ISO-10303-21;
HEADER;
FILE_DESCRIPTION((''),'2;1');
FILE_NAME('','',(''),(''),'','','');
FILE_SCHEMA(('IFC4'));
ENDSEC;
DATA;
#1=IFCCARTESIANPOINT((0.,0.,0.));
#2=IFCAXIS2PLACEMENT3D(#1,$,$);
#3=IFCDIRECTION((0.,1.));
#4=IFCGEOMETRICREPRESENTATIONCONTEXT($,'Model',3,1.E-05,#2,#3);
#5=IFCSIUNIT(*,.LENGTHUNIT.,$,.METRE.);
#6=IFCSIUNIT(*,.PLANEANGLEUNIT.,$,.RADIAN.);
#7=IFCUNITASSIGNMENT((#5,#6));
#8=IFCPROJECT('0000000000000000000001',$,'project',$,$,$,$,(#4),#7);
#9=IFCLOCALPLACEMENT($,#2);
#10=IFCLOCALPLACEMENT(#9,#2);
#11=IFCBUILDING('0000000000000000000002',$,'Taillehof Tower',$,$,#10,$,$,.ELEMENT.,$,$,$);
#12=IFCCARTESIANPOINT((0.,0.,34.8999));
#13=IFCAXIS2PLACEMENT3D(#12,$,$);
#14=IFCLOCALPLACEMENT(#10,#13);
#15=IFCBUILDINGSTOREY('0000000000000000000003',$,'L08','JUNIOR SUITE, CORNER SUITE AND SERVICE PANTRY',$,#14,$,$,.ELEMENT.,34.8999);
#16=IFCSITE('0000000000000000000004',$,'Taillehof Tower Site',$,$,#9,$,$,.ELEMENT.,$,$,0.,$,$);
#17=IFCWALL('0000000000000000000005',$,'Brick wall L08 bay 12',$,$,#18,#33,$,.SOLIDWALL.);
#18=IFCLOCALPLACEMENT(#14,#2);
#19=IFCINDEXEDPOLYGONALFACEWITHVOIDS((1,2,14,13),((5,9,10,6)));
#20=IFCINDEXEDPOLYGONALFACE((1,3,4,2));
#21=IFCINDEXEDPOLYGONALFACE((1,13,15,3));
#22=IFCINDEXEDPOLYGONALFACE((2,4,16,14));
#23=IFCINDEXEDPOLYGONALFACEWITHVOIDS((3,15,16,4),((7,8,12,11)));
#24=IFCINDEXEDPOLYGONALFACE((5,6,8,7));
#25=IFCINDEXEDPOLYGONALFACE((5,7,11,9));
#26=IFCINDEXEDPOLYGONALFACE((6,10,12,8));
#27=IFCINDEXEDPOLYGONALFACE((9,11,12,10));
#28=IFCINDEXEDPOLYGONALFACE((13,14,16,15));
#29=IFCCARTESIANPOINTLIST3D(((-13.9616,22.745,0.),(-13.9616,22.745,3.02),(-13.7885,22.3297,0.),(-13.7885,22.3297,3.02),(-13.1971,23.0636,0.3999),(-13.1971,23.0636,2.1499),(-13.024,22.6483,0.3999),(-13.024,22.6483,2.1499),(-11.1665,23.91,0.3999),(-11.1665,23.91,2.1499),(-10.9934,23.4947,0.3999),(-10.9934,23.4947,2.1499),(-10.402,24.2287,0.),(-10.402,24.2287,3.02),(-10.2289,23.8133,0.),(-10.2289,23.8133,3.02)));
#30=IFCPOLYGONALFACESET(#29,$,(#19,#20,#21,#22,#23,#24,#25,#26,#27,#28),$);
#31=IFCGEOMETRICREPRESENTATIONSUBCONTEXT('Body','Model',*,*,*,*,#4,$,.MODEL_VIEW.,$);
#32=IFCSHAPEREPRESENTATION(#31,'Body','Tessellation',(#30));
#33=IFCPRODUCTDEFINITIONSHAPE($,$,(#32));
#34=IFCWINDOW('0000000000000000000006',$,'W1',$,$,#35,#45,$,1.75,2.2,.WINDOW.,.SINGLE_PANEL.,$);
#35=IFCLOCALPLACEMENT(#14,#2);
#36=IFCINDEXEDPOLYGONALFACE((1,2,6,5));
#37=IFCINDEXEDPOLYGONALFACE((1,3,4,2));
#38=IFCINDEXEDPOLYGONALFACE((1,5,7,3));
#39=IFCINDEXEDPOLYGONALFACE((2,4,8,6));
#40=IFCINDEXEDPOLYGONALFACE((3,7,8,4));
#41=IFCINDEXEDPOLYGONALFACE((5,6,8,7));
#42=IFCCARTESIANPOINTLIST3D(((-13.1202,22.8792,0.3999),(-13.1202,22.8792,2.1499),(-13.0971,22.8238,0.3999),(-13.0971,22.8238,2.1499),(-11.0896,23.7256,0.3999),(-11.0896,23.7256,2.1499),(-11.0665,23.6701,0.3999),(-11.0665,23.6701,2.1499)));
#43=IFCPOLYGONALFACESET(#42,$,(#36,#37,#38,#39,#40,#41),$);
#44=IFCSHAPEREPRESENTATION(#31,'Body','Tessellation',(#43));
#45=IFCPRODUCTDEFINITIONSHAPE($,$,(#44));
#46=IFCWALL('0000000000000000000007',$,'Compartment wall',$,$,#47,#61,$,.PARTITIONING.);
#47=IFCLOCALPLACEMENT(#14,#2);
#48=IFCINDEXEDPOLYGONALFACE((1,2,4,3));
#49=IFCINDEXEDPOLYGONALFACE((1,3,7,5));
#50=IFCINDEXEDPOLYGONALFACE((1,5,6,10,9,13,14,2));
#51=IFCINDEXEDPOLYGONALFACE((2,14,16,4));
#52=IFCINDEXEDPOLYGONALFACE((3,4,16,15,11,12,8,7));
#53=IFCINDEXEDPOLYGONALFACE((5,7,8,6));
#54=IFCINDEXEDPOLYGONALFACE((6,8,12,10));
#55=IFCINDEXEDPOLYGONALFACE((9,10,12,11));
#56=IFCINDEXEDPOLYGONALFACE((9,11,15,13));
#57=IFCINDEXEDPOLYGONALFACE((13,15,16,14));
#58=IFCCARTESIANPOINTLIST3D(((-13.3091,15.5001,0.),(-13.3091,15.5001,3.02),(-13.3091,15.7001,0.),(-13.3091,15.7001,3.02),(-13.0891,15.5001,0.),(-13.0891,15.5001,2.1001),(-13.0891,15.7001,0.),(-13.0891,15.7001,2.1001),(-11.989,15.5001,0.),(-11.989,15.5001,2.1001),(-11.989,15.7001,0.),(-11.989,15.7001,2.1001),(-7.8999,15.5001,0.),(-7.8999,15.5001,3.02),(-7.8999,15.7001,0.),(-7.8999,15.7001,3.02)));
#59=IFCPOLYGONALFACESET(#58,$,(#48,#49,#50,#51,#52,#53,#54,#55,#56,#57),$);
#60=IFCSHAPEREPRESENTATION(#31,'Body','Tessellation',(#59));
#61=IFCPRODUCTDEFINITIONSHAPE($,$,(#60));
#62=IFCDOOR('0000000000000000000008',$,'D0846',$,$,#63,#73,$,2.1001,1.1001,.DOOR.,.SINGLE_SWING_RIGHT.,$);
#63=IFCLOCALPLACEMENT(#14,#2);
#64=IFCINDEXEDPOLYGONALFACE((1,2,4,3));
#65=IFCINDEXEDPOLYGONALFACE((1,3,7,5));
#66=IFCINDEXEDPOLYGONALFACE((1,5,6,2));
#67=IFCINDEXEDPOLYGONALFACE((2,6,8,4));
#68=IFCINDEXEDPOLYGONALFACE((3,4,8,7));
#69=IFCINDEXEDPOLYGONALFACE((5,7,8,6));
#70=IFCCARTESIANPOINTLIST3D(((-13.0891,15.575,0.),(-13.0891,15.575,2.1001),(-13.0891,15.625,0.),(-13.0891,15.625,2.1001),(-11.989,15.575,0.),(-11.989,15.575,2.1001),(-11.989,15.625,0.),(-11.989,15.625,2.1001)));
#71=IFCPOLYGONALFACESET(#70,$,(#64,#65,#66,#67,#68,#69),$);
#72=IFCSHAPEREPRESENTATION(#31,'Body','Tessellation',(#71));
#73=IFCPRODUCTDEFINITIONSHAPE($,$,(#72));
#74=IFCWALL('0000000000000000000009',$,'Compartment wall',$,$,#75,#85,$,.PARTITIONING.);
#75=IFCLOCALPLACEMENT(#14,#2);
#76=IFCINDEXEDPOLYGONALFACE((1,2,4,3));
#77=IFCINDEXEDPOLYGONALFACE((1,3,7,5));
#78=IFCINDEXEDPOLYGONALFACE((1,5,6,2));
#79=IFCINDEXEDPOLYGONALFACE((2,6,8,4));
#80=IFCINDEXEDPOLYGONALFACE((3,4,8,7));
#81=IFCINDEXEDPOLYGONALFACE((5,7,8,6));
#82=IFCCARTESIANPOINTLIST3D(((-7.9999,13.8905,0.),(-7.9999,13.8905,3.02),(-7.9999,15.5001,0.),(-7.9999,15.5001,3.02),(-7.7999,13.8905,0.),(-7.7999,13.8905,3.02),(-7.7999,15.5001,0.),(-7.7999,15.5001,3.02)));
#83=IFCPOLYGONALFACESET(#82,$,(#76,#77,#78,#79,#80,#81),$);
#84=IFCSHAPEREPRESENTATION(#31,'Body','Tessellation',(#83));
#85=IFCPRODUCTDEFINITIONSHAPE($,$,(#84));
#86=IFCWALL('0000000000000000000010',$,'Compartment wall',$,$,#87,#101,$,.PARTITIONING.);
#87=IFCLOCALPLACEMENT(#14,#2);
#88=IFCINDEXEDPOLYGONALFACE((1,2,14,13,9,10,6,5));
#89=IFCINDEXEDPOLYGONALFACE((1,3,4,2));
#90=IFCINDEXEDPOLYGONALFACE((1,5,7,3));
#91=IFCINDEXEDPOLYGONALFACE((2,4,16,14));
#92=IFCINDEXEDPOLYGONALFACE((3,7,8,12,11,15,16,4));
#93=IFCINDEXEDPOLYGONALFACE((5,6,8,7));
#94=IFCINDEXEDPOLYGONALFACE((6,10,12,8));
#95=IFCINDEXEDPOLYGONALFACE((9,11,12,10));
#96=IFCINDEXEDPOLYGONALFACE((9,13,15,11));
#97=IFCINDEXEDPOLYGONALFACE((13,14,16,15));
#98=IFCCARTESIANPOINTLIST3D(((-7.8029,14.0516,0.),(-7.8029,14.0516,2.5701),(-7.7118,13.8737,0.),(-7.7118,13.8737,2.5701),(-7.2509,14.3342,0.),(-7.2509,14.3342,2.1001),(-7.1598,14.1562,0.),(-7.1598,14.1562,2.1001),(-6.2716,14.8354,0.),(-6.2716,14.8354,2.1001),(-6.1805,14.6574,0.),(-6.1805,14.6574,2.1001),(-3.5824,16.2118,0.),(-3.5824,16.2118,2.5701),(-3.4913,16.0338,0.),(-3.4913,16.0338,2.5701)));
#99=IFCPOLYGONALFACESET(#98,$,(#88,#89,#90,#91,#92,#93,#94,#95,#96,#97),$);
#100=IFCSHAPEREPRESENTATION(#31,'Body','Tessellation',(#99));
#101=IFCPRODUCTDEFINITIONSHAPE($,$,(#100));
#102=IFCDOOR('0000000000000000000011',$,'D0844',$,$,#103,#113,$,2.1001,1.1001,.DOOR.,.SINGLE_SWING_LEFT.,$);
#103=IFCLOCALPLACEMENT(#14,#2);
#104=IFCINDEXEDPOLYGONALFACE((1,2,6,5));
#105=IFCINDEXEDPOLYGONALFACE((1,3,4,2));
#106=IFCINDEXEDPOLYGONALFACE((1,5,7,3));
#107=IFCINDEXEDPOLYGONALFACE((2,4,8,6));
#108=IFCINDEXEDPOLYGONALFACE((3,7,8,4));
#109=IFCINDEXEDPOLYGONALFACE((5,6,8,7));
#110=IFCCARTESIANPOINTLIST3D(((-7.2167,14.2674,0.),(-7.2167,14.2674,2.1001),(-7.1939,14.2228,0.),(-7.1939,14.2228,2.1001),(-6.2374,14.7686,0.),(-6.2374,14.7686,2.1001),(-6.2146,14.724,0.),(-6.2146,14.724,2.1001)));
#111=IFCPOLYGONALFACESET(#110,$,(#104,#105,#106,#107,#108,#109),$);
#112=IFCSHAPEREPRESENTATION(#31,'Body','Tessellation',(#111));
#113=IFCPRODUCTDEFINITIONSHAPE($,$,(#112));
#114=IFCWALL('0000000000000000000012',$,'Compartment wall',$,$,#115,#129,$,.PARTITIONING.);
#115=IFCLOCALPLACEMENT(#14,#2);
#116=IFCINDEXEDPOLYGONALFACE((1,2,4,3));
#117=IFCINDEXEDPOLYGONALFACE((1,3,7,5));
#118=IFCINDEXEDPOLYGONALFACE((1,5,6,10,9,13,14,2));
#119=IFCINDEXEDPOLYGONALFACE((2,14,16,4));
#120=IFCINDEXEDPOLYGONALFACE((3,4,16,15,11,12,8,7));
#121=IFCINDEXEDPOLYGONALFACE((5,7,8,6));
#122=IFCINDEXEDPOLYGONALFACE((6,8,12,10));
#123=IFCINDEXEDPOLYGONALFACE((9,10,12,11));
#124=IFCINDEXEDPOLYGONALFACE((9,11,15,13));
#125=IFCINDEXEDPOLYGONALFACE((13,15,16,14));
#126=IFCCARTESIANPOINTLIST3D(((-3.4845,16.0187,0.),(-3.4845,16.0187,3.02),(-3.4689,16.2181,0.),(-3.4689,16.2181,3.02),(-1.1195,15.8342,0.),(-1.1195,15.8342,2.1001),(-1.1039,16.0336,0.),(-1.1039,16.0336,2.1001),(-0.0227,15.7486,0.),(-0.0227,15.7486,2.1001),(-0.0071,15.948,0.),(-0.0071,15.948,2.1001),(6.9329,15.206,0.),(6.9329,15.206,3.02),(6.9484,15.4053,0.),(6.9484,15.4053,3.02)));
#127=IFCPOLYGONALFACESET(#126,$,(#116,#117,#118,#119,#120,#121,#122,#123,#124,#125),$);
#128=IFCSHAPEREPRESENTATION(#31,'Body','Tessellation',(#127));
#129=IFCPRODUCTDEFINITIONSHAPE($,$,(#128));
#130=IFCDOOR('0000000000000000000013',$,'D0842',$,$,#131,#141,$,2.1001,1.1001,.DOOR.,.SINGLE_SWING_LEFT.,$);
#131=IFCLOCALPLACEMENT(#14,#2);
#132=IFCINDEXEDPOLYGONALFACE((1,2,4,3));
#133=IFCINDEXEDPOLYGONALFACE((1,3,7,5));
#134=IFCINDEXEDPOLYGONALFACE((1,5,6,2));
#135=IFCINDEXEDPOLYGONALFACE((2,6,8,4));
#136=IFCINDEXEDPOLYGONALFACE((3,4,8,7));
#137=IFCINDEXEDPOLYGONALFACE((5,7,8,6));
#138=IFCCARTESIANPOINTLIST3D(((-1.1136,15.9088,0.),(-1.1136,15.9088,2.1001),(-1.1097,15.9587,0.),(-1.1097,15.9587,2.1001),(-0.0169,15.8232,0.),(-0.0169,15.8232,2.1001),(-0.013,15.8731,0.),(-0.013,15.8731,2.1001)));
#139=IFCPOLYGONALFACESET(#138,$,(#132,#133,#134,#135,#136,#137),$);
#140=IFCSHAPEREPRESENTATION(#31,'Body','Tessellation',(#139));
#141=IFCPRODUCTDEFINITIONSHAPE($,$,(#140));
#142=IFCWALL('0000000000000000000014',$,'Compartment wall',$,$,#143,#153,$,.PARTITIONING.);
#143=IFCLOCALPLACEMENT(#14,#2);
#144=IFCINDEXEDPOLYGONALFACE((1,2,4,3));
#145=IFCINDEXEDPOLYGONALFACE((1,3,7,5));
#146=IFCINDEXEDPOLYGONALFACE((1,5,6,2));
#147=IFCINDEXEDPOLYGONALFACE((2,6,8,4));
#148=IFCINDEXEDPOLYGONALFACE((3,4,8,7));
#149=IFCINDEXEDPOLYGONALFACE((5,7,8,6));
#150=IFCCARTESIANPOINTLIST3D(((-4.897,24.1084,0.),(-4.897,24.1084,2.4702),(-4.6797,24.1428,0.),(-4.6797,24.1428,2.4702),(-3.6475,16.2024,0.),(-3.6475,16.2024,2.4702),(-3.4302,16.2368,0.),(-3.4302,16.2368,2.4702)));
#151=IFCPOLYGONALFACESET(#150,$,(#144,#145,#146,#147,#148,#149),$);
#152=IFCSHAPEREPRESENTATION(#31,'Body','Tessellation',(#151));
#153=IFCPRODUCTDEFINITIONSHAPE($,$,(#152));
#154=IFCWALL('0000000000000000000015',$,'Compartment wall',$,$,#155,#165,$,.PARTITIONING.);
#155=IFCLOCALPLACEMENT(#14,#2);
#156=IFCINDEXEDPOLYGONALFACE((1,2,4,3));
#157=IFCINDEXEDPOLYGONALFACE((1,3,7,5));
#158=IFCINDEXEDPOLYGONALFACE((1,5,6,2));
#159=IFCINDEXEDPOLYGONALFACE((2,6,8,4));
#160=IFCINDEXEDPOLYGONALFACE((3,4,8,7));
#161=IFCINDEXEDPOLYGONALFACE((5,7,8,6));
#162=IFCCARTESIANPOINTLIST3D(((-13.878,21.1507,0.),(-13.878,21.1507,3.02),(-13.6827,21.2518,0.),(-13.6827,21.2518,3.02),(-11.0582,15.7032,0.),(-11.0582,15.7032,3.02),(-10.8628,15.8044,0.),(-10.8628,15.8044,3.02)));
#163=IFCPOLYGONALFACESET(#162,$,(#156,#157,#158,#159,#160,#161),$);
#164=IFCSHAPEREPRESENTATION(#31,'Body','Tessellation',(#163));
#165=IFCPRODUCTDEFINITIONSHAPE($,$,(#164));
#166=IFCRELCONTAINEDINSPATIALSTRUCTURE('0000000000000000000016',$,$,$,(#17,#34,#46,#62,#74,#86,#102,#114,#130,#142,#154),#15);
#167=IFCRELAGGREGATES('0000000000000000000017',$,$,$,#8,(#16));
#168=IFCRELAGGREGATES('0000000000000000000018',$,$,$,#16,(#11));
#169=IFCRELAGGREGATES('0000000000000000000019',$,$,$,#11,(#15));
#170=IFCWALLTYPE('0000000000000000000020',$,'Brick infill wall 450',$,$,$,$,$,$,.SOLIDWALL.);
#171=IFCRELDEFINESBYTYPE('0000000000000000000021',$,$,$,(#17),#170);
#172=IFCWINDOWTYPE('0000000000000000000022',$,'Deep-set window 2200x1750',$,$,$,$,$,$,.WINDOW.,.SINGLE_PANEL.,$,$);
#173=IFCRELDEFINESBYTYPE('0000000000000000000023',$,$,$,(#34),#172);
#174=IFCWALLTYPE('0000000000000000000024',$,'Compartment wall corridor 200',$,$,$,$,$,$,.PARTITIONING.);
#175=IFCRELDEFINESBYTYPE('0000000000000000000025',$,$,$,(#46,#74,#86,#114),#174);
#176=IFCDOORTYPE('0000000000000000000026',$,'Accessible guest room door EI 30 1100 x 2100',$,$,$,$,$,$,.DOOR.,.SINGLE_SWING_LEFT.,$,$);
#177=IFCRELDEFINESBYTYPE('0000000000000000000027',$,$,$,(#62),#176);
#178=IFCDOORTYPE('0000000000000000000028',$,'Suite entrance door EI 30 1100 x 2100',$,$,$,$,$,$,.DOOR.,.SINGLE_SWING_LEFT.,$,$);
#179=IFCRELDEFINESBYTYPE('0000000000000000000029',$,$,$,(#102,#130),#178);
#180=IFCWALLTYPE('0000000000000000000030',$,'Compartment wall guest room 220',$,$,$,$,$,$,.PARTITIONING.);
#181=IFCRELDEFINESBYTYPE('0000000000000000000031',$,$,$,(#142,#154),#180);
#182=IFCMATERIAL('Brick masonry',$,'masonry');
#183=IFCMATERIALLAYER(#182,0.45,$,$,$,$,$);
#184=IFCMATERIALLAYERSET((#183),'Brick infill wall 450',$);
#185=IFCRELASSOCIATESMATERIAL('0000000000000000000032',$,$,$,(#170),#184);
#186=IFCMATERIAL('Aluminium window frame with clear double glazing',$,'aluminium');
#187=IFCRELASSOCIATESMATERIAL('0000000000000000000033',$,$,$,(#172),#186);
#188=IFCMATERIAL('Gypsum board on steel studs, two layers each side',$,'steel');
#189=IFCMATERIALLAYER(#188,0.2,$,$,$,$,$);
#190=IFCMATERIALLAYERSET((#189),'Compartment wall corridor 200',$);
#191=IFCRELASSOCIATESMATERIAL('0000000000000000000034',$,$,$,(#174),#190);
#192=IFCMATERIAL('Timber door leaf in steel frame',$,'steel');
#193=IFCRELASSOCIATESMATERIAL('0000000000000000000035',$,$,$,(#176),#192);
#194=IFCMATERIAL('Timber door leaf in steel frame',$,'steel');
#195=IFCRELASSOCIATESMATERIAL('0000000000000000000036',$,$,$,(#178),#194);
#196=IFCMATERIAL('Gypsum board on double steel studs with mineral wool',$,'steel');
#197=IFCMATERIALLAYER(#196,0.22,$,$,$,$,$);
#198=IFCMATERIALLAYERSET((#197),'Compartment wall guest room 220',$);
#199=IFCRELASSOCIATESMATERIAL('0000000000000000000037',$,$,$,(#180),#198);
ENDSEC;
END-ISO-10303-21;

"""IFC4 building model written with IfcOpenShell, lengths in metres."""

from ifc_helpers import new_model, si_unit, direction, frame, frame_2d, origin, place, context, subcontext, project, spatial, rectangle, extrude, material, layer, layer_set, type_object, element, fill, save


model = new_model("IFC4")

# Units and contexts
model_context = context("Model", 3, precision=1e-05, world=origin(), true_north=direction((0.0, 1.0)))
body_context = subcontext(model_context, "Body", "Model", "MODEL_VIEW")
ifc_project = project(units=[si_unit("LENGTHUNIT", "METRE"), si_unit("PLANEANGLEUNIT", "RADIAN")], contexts=[model_context])

# Site, building, storey
site_placement = place(None, origin())
site = spatial("IfcSite", under=ifc_project, at=site_placement, Name="Taillehof Tower Site", CompositionType="ELEMENT", RefElevation=0.0)
building_placement = place(site_placement, origin())
building = spatial("IfcBuilding", under=site, at=building_placement, Name="Taillehof Tower", CompositionType="ELEMENT")
storey_placement = place(building_placement, frame((0.0, 0.0, 34.8999)))
storey = spatial("IfcBuildingStorey", under=building, at=storey_placement, Name="L08", Description="JUNIOR SUITE, CORNER SUITE AND SERVICE PANTRY", CompositionType="ELEMENT", Elevation=34.8999)

# Wall, opening, window
ifc_material_1 = material(Name="Brick masonry", Category="masonry")
ifc_layer_1 = layer(ifc_material_1, 0.45)
ifc_layer_set_1 = layer_set([ifc_layer_1], Name="Brick infill wall 450")
wall_type_1 = type_object("IfcWallType", Name="Brick infill wall 450", PredefinedType="SOLIDWALL", material=ifc_layer_set_1)
ifc_material_2 = material(Name="Aluminium window frame with clear double glazing", Category="aluminium")
window_type = type_object("IfcWindowType", Name="Deep-set window 2200x1750", PartitioningType="SINGLE_PANEL", PredefinedType="WINDOW", material=ifc_material_2)
wall_1_placement = place(storey_placement, frame((-10.3154, 24.021, 0.0), z_axis=(0.0, 0.0, 1.0), x_axis=(-0.923032, -0.384723, 0.0)))
wall_1 = element("IfcWall", 1, at=wall_1_placement, inside=storey, type_object=wall_type_1, Name="Brick wall L08 bay 12", PredefinedType="SOLIDWALL", context=body_context, shape_type="SweptSolid", body=[
    extrude(rectangle(XDim=3.8564, YDim=0.45, at=frame_2d((1.9282, 0.0))), origin(), (0.0, 0.0, 1.0), 3.02),
])
opening_1_placement = place(wall_1_placement, frame((0.8281, 0.0, 0.3999)))
opening_1 = element("IfcOpeningElement", 2, at=opening_1_placement, cuts=wall_1, PredefinedType="OPENING", context=body_context, shape_type="SweptSolid", body=[
    extrude(rectangle(XDim=2.2, YDim=1.75, at=frame_2d((1.1001, 0.875))), frame((0.0, 0.2349, 0.0), z_axis=(0.0, -1.0, 0.0), x_axis=(1.0, 0.0, 0.0)), (0.0, 0.0, 1.0), 0.47),
])
window_1_placement = place(opening_1_placement, origin())
window_1 = element("IfcWindow", 3, at=window_1_placement, inside=storey, type_object=window_type, Name="W1", OverallHeight=1.75, OverallWidth=2.2, PartitioningType="SINGLE_PANEL", PredefinedType="WINDOW", context=body_context, shape_type="SweptSolid", body=[
    extrude(rectangle(XDim=2.2, YDim=1.75, at=frame_2d((1.1001, 0.875))), frame((0.0, 0.0349, 0.0), z_axis=(0.0, -1.0, 0.0), x_axis=(1.0, 0.0, 0.0)), (0.0, 0.0, 1.0), 0.0601),
])
fill(opening_1, window_1)

# Wall, opening, door
ifc_material_3 = material(Name="Gypsum board on steel studs, two layers each side", Category="steel")
ifc_layer_2 = layer(ifc_material_3, 0.2)
ifc_layer_set_2 = layer_set([ifc_layer_2], Name="Compartment wall corridor 200")
wall_type_2 = type_object("IfcWallType", Name="Compartment wall corridor 200", PredefinedType="PARTITIONING", material=ifc_layer_set_2)
wall_2_placement = place(storey_placement, frame((-13.3091, 15.6001, 0.0), z_axis=(0.0, 0.0, 1.0), x_axis=(1.0, 0.0, 0.0)))
wall_2 = element("IfcWall", 4, at=wall_2_placement, inside=storey, type_object=wall_type_2, Name="Compartment wall", PredefinedType="PARTITIONING", context=body_context, shape_type="SweptSolid", body=[
    extrude(rectangle(XDim=5.4092, YDim=0.2, at=frame_2d((2.7046, 0.0))), origin(), (0.0, 0.0, 1.0), 3.02),
])
opening_2_placement = place(wall_2_placement, frame((0.22, 0.0, 0.0)))
opening_2 = element("IfcOpeningElement", 5, at=opening_2_placement, cuts=wall_2, PredefinedType="OPENING", context=body_context, shape_type="SweptSolid", body=[
    extrude(rectangle(XDim=1.1001, YDim=2.1001, at=frame_2d((0.55, 1.05))), frame((0.0, 0.1099, 0.0), z_axis=(0.0, -1.0, 0.0), x_axis=(1.0, 0.0, 0.0)), (0.0, 0.0, 1.0), 0.22),
])
ifc_material_4 = material(Name="Timber door leaf in steel frame", Category="steel")
door_type_1 = type_object("IfcDoorType", Name="Accessible guest room door EI 30 1100 x 2100", OperationType="SINGLE_SWING_LEFT", PredefinedType="DOOR", material=ifc_material_4)
door_1_placement = place(opening_2_placement, origin())
door_1 = element("IfcDoor", 6, at=door_1_placement, inside=storey, type_object=door_type_1, Name="D0846", OperationType="SINGLE_SWING_RIGHT", OverallHeight=2.1001, OverallWidth=1.1001, PredefinedType="DOOR", context=body_context, shape_type="SweptSolid", body=[
    extrude(rectangle(XDim=1.1001, YDim=2.1001, at=frame_2d((0.55, 1.05))), frame((0.0, 0.0249, 0.0), z_axis=(0.0, -1.0, 0.0), x_axis=(1.0, 0.0, 0.0)), (0.0, 0.0, 1.0), 0.05),
])
fill(opening_2, door_1)

# Wall
wall_3_placement = place(storey_placement, frame((-7.8999, 15.5, 0.0), z_axis=(0.0, 0.0, 1.0), x_axis=(0.0, -1.0, 0.0)))
element("IfcWall", 7, at=wall_3_placement, inside=storey, type_object=wall_type_2, Name="Compartment wall", PredefinedType="PARTITIONING", context=body_context, shape_type="SweptSolid", body=[
    extrude(rectangle(XDim=1.6096, YDim=0.2, at=frame_2d((0.8047, 0.0))), origin(), (0.0, 0.0, 1.0), 3.02),
])

# Walls, openings, doors
wall_4_placement = place(storey_placement, frame((-7.7573, 13.9626, 0.0), z_axis=(0.0, 0.0, 1.0), x_axis=(0.890175, 0.455618, 0.0)))
wall_4 = element("IfcWall", 8, at=wall_4_placement, inside=storey, type_object=wall_type_2, Name="Compartment wall", PredefinedType="PARTITIONING", context=body_context, shape_type="SweptSolid", body=[
    extrude(rectangle(XDim=4.7412, YDim=0.2, at=frame_2d((2.3706, 0.0))), origin(), (0.0, 0.0, 1.0), 2.5701),
])
opening_3_placement = place(wall_4_placement, frame((0.6201, 0.0, 0.0)))
opening_3 = element("IfcOpeningElement", 9, at=opening_3_placement, cuts=wall_4, PredefinedType="OPENING", context=body_context, shape_type="SweptSolid", body=[
    extrude(rectangle(XDim=1.1001, YDim=2.1001, at=frame_2d((0.55, 1.05))), frame((0.0, 0.1099, 0.0), z_axis=(0.0, -1.0, 0.0), x_axis=(1.0, 0.0, 0.0)), (0.0, 0.0, 1.0), 0.22),
])
ifc_material_5 = material(Name="Timber door leaf in steel frame", Category="steel")
door_type_2 = type_object("IfcDoorType", Name="Suite entrance door EI 30 1100 x 2100", OperationType="SINGLE_SWING_LEFT", PredefinedType="DOOR", material=ifc_material_5)
door_2_placement = place(opening_3_placement, origin())
door_2 = element("IfcDoor", 10, at=door_2_placement, inside=storey, type_object=door_type_2, Name="D0844", OperationType="SINGLE_SWING_LEFT", OverallHeight=2.1001, OverallWidth=1.1001, PredefinedType="DOOR", context=body_context, shape_type="SweptSolid", body=[
    extrude(rectangle(XDim=1.1001, YDim=2.1001, at=frame_2d((0.55, 1.05))), frame((0.0, 0.0249, 0.0), z_axis=(0.0, -1.0, 0.0), x_axis=(1.0, 0.0, 0.0)), (0.0, 0.0, 1.0), 0.05),
])
fill(opening_3, door_2)
wall_5_placement = place(storey_placement, frame((-3.4768, 16.1184, 0.0), z_axis=(0.0, 0.0, 1.0), x_axis=(0.99697, -0.077783, 0.0)))
wall_5 = element("IfcWall", 11, at=wall_5_placement, inside=storey, type_object=wall_type_2, Name="Compartment wall", PredefinedType="PARTITIONING", context=body_context, shape_type="SweptSolid", body=[
    extrude(rectangle(XDim=10.449, YDim=0.2, at=frame_2d((5.2246, 0.0))), origin(), (0.0, 0.0, 1.0), 3.02),
])
opening_4_placement = place(wall_5_placement, frame((2.3723, 0.0, 0.0)))
opening_4 = element("IfcOpeningElement", 12, at=opening_4_placement, cuts=wall_5, PredefinedType="OPENING", context=body_context, shape_type="SweptSolid", body=[
    extrude(rectangle(XDim=1.1001, YDim=2.1001, at=frame_2d((0.55, 1.05))), frame((0.0, 0.1099, 0.0), z_axis=(0.0, -1.0, 0.0), x_axis=(1.0, 0.0, 0.0)), (0.0, 0.0, 1.0), 0.22),
])
door_3_placement = place(opening_4_placement, origin())
door_3 = element("IfcDoor", 13, at=door_3_placement, inside=storey, type_object=door_type_2, Name="D0842", OperationType="SINGLE_SWING_LEFT", OverallHeight=2.1001, OverallWidth=1.1001, PredefinedType="DOOR", context=body_context, shape_type="SweptSolid", body=[
    extrude(rectangle(XDim=1.1001, YDim=2.1001, at=frame_2d((0.55, 1.05))), frame((0.0, 0.0249, 0.0), z_axis=(0.0, -1.0, 0.0), x_axis=(1.0, 0.0, 0.0)), (0.0, 0.0, 1.0), 0.05),
])
fill(opening_4, door_3)

# Walls
ifc_material_6 = material(Name="Gypsum board on double steel studs with mineral wool", Category="steel")
ifc_layer_3 = layer(ifc_material_6, 0.22)
ifc_layer_set_3 = layer_set([ifc_layer_3], Name="Compartment wall guest room 220")
wall_type_3 = type_object("IfcWallType", Name="Compartment wall guest room 220", PredefinedType="PARTITIONING", material=ifc_layer_set_3)
wall_6_placement = place(storey_placement, frame((-4.7883, 24.1255, 0.0), z_axis=(0.0, 0.0, 1.0), x_axis=(0.156108, -0.98774, 0.0)))
element("IfcWall", 14, at=wall_6_placement, inside=storey, type_object=wall_type_3, Name="Compartment wall", PredefinedType="PARTITIONING", context=body_context, shape_type="SweptSolid", body=[
    extrude(rectangle(XDim=8.0042, YDim=0.22, at=frame_2d((4.002, 0.0))), origin(), (0.0, 0.0, 1.0), 2.4702),
])
wall_7_placement = place(storey_placement, frame((-13.7803, 21.2012, 0.0), z_axis=(0.0, 0.0, 1.0), x_axis=(0.459699, -0.888075, 0.0)))
element("IfcWall", 15, at=wall_7_placement, inside=storey, type_object=wall_type_3, Name="Compartment wall", PredefinedType="PARTITIONING", context=body_context, shape_type="SweptSolid", body=[
    extrude(rectangle(XDim=6.134, YDim=0.22, at=frame_2d((3.0669, 0.0))), origin(), (0.0, 0.0, 1.0), 3.02),
])

save(model, "model.ifc")
